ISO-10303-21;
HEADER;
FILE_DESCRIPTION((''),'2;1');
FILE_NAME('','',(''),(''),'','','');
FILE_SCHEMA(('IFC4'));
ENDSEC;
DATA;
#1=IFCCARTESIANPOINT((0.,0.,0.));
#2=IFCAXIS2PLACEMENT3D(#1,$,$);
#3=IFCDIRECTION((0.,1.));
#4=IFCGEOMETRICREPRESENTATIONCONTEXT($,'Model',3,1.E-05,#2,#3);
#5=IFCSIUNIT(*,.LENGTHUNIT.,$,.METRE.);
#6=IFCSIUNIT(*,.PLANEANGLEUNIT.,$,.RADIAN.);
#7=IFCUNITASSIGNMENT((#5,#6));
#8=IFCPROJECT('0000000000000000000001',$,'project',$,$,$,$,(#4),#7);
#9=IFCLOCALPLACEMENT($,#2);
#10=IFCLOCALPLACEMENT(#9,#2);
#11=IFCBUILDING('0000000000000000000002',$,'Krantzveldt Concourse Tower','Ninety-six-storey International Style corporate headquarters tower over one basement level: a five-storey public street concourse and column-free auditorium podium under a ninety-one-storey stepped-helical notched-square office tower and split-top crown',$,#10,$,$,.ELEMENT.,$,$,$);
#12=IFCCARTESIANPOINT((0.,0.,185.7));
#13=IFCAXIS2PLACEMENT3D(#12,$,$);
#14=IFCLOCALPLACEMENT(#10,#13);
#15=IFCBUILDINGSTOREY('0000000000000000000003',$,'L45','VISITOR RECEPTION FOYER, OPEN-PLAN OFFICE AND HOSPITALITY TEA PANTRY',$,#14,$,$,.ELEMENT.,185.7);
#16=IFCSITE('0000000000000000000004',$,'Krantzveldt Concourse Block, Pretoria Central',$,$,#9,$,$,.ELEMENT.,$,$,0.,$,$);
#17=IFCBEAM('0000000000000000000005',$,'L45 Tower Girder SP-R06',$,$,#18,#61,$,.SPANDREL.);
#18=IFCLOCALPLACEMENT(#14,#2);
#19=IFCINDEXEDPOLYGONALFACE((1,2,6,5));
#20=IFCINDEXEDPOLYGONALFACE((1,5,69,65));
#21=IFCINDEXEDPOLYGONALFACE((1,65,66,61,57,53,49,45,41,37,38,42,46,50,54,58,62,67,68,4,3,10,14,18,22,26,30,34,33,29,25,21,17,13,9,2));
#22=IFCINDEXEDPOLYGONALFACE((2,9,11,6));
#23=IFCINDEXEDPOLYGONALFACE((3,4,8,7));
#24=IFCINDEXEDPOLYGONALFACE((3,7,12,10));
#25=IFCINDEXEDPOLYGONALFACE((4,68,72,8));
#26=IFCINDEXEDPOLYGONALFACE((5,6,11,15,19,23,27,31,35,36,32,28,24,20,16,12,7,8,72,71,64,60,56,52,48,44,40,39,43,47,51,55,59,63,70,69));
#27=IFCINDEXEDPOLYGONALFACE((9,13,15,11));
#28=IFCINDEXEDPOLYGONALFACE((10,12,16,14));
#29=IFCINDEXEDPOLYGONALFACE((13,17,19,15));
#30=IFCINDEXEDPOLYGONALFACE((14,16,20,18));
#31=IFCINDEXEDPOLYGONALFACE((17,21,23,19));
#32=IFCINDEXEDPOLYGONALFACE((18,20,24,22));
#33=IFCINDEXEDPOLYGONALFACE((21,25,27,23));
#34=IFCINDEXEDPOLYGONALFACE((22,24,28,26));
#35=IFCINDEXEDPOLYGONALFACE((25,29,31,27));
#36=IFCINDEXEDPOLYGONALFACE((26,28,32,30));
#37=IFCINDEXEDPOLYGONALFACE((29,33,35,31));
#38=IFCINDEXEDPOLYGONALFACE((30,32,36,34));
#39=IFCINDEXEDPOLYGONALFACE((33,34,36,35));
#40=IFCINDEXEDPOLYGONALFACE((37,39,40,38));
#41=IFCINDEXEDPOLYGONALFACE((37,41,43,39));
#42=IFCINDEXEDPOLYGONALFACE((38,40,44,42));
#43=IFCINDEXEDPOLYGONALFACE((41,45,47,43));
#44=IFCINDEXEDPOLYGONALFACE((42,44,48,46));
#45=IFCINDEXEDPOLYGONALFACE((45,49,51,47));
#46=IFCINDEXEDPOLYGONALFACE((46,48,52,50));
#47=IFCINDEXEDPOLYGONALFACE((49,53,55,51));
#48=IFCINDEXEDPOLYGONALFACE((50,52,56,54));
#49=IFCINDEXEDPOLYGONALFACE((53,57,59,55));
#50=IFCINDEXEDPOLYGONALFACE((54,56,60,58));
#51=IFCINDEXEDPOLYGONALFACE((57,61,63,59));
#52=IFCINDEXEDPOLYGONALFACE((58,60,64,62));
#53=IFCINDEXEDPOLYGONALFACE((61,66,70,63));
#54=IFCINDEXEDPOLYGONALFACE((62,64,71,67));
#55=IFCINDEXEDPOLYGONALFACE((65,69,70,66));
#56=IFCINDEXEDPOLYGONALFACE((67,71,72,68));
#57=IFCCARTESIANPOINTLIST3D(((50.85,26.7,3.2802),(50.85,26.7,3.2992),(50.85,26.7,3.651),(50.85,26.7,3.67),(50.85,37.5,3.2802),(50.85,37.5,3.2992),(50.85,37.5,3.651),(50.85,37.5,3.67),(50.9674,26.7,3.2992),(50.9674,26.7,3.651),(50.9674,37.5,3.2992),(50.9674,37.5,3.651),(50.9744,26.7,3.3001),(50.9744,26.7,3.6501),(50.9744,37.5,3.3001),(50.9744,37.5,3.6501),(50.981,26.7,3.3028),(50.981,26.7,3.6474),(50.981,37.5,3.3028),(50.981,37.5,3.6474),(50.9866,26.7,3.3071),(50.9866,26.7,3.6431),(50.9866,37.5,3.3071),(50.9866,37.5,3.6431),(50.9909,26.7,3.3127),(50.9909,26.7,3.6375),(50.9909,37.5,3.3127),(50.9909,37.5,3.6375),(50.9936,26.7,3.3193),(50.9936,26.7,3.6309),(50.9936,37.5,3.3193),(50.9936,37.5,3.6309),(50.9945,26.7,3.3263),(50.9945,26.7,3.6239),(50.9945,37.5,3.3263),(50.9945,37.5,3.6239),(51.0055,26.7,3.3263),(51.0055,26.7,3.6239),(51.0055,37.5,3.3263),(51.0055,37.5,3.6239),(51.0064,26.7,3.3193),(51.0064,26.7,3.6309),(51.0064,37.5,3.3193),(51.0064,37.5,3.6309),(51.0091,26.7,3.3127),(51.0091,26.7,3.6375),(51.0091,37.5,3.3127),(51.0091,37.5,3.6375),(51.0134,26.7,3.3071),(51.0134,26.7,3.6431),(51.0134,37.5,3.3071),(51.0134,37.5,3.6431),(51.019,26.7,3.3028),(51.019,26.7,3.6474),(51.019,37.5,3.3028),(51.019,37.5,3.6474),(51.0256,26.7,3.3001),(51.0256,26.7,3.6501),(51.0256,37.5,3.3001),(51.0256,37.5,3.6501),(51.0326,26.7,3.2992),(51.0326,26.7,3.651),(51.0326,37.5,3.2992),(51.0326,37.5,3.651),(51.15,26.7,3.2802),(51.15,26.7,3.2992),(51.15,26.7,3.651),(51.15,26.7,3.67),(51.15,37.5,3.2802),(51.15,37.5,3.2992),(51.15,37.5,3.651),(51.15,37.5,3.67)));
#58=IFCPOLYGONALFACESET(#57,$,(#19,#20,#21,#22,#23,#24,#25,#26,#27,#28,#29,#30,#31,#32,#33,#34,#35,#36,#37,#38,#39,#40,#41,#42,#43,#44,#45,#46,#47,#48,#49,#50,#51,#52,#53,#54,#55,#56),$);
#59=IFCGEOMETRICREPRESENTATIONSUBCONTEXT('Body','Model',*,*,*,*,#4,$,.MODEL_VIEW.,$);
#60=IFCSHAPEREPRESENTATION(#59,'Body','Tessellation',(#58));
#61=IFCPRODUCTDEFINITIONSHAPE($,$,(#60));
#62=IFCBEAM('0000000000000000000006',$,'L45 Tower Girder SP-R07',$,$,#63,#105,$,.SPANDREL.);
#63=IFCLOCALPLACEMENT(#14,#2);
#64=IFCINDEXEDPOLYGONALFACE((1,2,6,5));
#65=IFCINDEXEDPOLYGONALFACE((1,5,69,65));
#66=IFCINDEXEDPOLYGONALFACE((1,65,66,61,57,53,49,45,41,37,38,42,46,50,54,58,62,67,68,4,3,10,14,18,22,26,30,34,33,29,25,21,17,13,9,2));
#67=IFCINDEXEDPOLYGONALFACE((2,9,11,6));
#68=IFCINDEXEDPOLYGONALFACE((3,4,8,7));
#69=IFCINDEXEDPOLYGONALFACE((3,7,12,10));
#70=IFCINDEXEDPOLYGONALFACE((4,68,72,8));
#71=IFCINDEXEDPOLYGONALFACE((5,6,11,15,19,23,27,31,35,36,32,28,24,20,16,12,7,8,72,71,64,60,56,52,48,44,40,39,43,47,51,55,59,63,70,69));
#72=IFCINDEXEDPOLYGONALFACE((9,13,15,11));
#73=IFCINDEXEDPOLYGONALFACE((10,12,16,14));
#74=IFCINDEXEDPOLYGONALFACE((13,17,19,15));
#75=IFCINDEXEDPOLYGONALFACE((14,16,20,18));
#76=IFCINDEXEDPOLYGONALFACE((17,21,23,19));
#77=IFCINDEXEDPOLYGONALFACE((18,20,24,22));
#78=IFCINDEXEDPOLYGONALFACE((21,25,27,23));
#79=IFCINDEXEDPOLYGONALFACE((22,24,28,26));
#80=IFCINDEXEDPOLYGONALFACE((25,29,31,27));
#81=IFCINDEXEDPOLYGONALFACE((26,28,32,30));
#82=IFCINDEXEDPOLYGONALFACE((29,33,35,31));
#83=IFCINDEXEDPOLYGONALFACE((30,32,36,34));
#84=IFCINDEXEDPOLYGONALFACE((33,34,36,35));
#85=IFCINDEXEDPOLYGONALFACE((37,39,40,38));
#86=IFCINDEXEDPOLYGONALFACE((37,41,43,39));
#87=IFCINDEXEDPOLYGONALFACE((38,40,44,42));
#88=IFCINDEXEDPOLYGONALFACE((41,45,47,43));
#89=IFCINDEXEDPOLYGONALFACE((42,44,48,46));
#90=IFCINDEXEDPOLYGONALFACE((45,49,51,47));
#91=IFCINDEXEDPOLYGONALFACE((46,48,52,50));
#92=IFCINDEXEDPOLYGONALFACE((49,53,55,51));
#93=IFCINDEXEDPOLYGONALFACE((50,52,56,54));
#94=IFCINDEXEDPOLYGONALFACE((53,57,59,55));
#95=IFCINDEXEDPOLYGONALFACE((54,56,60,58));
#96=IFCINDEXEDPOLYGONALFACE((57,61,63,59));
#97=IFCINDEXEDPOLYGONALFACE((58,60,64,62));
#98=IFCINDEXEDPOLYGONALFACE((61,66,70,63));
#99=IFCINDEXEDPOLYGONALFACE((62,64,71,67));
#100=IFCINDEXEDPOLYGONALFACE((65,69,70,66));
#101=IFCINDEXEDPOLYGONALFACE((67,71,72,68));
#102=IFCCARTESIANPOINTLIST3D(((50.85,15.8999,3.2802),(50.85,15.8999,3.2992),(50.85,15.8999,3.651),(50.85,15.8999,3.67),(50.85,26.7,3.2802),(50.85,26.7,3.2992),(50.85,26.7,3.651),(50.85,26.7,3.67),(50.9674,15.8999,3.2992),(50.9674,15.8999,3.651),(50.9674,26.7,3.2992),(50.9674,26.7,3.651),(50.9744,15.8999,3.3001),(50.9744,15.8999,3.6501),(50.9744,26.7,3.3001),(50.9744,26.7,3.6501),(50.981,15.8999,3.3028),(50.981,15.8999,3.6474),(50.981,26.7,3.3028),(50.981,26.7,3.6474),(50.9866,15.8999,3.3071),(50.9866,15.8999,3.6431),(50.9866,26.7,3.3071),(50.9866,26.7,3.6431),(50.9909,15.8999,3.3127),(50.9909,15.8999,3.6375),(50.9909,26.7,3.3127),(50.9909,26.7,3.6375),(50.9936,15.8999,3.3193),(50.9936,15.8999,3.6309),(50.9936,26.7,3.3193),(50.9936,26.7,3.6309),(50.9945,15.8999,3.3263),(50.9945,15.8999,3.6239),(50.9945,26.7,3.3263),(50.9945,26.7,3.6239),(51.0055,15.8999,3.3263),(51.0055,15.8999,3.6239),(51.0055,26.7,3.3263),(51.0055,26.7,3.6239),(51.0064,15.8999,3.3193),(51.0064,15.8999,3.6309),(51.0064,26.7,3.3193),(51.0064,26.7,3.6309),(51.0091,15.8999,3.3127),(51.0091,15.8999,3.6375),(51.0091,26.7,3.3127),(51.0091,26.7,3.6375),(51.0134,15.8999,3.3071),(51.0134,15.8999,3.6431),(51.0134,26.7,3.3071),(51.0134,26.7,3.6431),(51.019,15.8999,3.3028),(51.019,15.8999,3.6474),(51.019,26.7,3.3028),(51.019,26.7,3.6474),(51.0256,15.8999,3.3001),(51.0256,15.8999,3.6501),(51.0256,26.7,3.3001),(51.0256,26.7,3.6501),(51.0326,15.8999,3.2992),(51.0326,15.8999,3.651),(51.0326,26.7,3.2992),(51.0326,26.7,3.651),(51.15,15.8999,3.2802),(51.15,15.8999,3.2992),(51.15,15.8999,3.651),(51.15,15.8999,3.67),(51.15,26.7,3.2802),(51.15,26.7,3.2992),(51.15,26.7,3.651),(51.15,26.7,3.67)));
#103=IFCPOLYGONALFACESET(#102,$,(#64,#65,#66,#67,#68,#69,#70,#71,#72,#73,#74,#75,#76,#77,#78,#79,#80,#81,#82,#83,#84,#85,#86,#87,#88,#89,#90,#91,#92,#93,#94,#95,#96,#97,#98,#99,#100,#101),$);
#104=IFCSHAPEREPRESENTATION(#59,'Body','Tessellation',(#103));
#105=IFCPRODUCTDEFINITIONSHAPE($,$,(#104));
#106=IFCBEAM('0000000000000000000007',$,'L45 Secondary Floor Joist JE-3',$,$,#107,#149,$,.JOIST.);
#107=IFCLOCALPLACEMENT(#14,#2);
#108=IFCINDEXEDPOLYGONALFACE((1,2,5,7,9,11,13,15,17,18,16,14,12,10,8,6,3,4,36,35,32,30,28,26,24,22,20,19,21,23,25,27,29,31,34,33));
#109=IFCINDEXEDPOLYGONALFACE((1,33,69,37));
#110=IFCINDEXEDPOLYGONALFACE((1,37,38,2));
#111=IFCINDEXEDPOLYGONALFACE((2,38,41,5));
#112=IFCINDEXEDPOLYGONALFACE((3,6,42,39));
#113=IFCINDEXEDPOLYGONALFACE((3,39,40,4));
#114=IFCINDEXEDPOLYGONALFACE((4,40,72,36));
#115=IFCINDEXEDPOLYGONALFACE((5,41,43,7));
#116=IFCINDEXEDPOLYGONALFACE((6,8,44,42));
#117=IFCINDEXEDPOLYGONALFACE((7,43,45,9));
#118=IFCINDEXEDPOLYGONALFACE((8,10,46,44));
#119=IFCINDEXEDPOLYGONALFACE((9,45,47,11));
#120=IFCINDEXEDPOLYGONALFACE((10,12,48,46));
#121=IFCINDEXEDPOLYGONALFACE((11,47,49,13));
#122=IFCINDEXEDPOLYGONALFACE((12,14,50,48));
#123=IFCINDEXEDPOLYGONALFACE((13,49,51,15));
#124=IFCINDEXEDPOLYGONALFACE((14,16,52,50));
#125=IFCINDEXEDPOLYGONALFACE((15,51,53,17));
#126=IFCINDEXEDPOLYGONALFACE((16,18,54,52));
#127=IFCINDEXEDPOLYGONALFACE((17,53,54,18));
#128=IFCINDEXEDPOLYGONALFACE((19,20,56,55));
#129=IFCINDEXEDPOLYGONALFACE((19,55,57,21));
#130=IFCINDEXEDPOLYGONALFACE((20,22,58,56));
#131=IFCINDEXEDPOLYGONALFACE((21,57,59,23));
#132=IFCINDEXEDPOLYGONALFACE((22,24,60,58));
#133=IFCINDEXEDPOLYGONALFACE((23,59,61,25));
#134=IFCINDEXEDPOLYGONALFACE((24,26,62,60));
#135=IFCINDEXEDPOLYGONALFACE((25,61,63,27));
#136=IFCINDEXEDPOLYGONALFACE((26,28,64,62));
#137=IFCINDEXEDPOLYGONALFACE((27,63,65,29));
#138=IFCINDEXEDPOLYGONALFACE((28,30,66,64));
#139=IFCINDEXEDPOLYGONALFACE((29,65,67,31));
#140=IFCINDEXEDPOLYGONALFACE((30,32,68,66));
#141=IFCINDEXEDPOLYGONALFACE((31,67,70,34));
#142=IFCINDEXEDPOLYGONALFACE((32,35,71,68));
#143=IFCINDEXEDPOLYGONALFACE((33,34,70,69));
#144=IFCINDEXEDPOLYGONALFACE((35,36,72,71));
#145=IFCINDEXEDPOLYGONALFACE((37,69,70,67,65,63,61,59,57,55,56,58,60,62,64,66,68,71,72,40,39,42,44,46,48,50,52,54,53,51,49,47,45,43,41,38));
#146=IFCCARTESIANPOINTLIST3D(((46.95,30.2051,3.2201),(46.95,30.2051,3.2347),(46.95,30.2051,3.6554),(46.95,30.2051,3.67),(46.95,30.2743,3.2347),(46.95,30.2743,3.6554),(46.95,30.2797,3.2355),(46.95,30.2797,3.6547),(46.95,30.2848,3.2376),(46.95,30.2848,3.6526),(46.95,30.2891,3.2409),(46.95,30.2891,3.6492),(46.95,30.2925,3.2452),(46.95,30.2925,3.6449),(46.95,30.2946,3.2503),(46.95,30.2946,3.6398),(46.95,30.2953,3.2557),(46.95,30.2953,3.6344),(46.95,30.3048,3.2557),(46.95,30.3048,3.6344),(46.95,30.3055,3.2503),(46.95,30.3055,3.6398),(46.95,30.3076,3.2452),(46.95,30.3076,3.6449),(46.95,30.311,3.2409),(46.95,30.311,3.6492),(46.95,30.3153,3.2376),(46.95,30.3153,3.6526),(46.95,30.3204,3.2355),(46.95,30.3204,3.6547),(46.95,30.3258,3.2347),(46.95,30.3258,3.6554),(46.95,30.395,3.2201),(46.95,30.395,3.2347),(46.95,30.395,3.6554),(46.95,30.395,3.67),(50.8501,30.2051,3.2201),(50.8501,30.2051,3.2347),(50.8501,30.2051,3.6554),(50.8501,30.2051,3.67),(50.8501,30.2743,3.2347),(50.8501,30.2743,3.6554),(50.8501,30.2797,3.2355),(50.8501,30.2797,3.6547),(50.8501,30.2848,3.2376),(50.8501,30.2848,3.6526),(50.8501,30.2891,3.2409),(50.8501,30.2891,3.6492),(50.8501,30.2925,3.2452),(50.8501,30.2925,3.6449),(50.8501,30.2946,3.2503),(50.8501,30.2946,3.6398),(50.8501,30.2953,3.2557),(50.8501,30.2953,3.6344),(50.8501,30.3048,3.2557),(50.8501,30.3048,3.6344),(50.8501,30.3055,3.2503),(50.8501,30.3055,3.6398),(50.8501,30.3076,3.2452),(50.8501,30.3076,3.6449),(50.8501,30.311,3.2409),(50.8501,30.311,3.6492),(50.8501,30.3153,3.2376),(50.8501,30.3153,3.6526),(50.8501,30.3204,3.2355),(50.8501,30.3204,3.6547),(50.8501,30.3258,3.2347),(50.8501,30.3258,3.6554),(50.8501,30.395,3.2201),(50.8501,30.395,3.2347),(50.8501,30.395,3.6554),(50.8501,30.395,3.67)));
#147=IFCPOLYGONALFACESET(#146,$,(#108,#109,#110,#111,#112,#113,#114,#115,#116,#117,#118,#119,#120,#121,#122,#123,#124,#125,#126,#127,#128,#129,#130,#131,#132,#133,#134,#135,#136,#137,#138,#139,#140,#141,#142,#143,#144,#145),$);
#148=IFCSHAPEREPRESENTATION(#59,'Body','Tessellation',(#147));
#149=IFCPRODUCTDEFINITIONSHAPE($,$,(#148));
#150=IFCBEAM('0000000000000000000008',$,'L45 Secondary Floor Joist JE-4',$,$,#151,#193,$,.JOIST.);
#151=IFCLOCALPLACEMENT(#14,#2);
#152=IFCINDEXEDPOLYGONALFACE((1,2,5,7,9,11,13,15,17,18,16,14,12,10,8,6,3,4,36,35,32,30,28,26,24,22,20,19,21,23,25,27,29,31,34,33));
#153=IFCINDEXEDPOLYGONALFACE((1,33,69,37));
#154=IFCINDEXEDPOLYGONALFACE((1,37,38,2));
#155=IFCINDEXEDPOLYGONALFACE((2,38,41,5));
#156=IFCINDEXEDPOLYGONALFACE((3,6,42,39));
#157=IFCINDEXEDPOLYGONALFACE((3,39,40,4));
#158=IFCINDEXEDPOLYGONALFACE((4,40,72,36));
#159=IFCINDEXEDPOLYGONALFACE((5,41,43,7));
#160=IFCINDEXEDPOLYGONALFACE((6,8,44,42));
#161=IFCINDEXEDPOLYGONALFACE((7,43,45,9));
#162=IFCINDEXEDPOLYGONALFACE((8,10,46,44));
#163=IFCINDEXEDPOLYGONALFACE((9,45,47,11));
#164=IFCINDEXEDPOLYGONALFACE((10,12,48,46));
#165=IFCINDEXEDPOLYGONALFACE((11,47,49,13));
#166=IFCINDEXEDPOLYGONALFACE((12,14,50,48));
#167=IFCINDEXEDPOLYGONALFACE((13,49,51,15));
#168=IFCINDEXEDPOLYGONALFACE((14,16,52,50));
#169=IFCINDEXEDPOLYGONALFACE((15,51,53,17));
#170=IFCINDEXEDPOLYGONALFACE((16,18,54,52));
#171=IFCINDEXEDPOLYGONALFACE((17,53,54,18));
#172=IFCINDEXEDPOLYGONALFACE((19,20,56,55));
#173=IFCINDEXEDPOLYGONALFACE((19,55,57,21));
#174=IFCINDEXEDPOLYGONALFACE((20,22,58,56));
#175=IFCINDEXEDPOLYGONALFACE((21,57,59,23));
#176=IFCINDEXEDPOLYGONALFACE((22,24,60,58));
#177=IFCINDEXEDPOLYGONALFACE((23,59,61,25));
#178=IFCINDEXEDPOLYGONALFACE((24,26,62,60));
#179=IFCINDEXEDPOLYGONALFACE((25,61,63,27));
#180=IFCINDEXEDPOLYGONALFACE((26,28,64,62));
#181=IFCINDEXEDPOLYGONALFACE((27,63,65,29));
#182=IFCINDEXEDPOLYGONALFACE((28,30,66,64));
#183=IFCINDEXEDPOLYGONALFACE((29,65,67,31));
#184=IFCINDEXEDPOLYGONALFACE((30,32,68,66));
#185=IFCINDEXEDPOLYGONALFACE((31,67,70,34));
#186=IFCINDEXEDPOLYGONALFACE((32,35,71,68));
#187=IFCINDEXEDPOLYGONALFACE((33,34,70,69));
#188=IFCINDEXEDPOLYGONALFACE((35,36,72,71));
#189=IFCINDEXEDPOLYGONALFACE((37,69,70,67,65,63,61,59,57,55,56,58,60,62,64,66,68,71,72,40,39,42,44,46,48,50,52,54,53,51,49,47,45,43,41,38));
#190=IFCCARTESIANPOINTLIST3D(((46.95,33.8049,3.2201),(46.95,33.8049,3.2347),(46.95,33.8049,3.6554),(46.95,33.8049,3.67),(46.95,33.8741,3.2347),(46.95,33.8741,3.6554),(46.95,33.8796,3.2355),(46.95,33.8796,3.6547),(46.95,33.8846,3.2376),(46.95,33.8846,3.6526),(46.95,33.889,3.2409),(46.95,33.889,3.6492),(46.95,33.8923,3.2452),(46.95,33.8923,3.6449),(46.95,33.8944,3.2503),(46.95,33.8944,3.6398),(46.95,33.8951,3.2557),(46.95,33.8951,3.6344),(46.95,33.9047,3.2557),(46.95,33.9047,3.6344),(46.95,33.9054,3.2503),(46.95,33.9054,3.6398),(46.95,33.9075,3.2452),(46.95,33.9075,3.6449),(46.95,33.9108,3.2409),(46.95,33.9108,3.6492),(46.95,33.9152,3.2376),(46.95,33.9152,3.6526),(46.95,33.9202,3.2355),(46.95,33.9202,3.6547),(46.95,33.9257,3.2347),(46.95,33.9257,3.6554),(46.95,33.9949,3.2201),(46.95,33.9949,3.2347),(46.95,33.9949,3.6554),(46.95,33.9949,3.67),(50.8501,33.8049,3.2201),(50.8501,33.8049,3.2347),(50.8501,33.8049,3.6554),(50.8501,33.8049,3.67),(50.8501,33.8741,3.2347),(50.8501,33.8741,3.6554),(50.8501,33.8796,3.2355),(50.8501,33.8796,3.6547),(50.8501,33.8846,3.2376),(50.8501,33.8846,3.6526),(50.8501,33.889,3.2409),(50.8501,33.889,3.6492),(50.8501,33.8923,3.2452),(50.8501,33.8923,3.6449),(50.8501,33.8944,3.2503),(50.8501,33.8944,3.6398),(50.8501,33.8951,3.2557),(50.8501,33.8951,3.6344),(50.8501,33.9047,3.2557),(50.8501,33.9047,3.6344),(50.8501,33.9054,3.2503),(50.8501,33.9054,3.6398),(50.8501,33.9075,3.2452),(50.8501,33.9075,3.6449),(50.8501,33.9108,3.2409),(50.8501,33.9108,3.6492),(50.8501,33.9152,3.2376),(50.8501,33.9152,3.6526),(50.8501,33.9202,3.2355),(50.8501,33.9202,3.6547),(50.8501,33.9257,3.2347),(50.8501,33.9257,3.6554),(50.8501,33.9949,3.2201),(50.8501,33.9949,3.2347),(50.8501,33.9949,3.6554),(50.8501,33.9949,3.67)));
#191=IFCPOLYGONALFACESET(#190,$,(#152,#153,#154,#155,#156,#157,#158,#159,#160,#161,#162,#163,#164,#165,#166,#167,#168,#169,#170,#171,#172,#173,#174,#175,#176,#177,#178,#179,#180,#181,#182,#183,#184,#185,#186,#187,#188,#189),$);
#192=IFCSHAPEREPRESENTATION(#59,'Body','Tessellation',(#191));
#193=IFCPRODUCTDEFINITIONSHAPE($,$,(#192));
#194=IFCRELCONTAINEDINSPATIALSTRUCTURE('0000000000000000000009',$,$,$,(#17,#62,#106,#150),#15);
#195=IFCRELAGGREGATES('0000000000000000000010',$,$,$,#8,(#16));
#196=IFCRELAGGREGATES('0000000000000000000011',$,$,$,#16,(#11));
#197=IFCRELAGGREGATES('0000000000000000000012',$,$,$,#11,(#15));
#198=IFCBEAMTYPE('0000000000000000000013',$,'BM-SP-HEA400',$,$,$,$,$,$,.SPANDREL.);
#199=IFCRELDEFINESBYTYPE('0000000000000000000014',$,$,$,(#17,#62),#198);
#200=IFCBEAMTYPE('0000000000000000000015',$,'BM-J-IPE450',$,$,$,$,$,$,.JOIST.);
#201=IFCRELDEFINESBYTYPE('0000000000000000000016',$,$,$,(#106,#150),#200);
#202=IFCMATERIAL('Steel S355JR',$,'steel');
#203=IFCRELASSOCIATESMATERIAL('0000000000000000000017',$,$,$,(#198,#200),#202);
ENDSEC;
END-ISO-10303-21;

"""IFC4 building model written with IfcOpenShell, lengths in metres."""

from ifc_helpers import new_model, si_unit, direction, frame, origin, origin_2d, place, context, subcontext, project, spatial, i_section, extrude, source, transform, mapped, material, material_profile, profile_set, type_object, type_shapes, element, save


model = new_model("IFC4")

# Units and contexts
model_context = context("Model", 3, precision=1e-05, world=origin(), true_north=direction((0.0, 1.0)))
body_context = subcontext(model_context, "Body", "Model", "MODEL_VIEW")
ifc_project = project(units=[si_unit("LENGTHUNIT", "METRE"), si_unit("PLANEANGLEUNIT", "RADIAN")], contexts=[model_context])

# Site, building, storey
site_placement = place(None, origin())
site = spatial("IfcSite", under=ifc_project, at=site_placement, Name="Krantzveldt Concourse Block, Pretoria Central", CompositionType="ELEMENT", RefElevation=0.0)
building_placement = place(site_placement, origin())
building = spatial("IfcBuilding", under=site, at=building_placement, Name="Krantzveldt Concourse Tower", Description="Ninety-six-storey International Style corporate headquarters tower over one basement level: a five-storey public street concourse and column-free auditorium podium under a ninety-one-storey stepped-helical notched-square office tower and split-top crown", CompositionType="ELEMENT")
storey_placement = place(building_placement, frame((0.0, 0.0, 185.7)))
storey = spatial("IfcBuildingStorey", under=building, at=storey_placement, Name="L45", Description="VISITOR RECEPTION FOYER, OPEN-PLAN OFFICE AND HOSPITALITY TEA PANTRY", CompositionType="ELEMENT", Elevation=185.7)

# Beams
ifc_material_1 = material(Name="Steel S355JR", Category="steel")
ifc_material_profile_1 = material_profile(ifc_material_1, i_section(OverallWidth=0.3, OverallDepth=0.3899, WebThickness=0.011, FlangeThickness=0.019, FilletRadius=0.0271, at=origin_2d()), Name="Steel S355JR", Category="steel")
ifc_profile_set_1 = profile_set([ifc_material_profile_1], Name="Steel S355JR - HEA 400")
beam_type_1 = type_object("IfcBeamType", Name="BM-SP-HEA400", PredefinedType="SPANDREL", material=ifc_profile_set_1)
shared_shape_1 = source(origin(), body_context, "Body", "SweptSolid", [
    extrude(i_section(OverallWidth=0.3, OverallDepth=0.3899, WebThickness=0.011, FlangeThickness=0.019, FilletRadius=0.0271, at=origin_2d()), origin(), (0.0, 0.0, 1.0), 10.8),
])
type_shapes(beam_type_1, [shared_shape_1])
for number, where, z_axis, x_axis, name in (
    (1, (51.0, 37.5, 3.4751), (0.0, -1.0, 0.0), (1.0, 0.0, 0.0), "L45 Tower Girder SP-R06"),
    (2, (51.0, 26.7, 3.4751), (0.0, -1.0, 0.0), (1.0, 0.0, 0.0), "L45 Tower Girder SP-R07"),
):
    element("IfcBeam", number, at=place(storey_placement, frame(where, z_axis=z_axis, x_axis=x_axis)), inside=storey, type_object=beam_type_1, Name=name, PredefinedType="SPANDREL", context=body_context, shape_type="MappedRepresentation", body=[
        mapped(shared_shape_1, transform((0.0, 0.0, 0.0), x_axis=(1.0, 0.0, 0.0), y_axis=(0.0, 1.0, 0.0), z_axis=(0.0, 0.0, 1.0), scale=1.0)),
    ])
ifc_material_profile_2 = material_profile(ifc_material_1, i_section(OverallWidth=0.1899, OverallDepth=0.45, WebThickness=0.0095, FlangeThickness=0.0146, FilletRadius=0.021, at=origin_2d()), Name="Steel S355JR", Category="steel")
ifc_profile_set_2 = profile_set([ifc_material_profile_2], Name="Steel S355JR - IPE 450")
beam_type_2 = type_object("IfcBeamType", Name="BM-J-IPE450", PredefinedType="JOIST", material=ifc_profile_set_2)
shared_shape_2 = source(origin(), body_context, "Body", "SweptSolid", [
    extrude(i_section(OverallWidth=0.1899, OverallDepth=0.45, WebThickness=0.0095, FlangeThickness=0.0146, FilletRadius=0.021, at=origin_2d()), origin(), (0.0, 0.0, 1.0), 3.9001),
])
type_shapes(beam_type_2, [shared_shape_2])
for number, where, z_axis, x_axis, name in (
    (3, (46.95, 30.3, 3.4451), (1.0, 0.0, 0.0), (0.0, 1.0, 0.0), "L45 Secondary Floor Joist JE-3"),
    (4, (46.95, 33.8999, 3.4451), (1.0, 0.0, 0.0), (0.0, 1.0, 0.0), "L45 Secondary Floor Joist JE-4"),
):
    element("IfcBeam", number, at=place(storey_placement, frame(where, z_axis=z_axis, x_axis=x_axis)), inside=storey, type_object=beam_type_2, Name=name, PredefinedType="JOIST", context=body_context, shape_type="MappedRepresentation", body=[
        mapped(shared_shape_2, transform((0.0, 0.0, 0.0), x_axis=(1.0, 0.0, 0.0), y_axis=(0.0, 1.0, 0.0), z_axis=(0.0, 0.0, 1.0), scale=1.0)),
    ])

save(model, "model.ifc")
